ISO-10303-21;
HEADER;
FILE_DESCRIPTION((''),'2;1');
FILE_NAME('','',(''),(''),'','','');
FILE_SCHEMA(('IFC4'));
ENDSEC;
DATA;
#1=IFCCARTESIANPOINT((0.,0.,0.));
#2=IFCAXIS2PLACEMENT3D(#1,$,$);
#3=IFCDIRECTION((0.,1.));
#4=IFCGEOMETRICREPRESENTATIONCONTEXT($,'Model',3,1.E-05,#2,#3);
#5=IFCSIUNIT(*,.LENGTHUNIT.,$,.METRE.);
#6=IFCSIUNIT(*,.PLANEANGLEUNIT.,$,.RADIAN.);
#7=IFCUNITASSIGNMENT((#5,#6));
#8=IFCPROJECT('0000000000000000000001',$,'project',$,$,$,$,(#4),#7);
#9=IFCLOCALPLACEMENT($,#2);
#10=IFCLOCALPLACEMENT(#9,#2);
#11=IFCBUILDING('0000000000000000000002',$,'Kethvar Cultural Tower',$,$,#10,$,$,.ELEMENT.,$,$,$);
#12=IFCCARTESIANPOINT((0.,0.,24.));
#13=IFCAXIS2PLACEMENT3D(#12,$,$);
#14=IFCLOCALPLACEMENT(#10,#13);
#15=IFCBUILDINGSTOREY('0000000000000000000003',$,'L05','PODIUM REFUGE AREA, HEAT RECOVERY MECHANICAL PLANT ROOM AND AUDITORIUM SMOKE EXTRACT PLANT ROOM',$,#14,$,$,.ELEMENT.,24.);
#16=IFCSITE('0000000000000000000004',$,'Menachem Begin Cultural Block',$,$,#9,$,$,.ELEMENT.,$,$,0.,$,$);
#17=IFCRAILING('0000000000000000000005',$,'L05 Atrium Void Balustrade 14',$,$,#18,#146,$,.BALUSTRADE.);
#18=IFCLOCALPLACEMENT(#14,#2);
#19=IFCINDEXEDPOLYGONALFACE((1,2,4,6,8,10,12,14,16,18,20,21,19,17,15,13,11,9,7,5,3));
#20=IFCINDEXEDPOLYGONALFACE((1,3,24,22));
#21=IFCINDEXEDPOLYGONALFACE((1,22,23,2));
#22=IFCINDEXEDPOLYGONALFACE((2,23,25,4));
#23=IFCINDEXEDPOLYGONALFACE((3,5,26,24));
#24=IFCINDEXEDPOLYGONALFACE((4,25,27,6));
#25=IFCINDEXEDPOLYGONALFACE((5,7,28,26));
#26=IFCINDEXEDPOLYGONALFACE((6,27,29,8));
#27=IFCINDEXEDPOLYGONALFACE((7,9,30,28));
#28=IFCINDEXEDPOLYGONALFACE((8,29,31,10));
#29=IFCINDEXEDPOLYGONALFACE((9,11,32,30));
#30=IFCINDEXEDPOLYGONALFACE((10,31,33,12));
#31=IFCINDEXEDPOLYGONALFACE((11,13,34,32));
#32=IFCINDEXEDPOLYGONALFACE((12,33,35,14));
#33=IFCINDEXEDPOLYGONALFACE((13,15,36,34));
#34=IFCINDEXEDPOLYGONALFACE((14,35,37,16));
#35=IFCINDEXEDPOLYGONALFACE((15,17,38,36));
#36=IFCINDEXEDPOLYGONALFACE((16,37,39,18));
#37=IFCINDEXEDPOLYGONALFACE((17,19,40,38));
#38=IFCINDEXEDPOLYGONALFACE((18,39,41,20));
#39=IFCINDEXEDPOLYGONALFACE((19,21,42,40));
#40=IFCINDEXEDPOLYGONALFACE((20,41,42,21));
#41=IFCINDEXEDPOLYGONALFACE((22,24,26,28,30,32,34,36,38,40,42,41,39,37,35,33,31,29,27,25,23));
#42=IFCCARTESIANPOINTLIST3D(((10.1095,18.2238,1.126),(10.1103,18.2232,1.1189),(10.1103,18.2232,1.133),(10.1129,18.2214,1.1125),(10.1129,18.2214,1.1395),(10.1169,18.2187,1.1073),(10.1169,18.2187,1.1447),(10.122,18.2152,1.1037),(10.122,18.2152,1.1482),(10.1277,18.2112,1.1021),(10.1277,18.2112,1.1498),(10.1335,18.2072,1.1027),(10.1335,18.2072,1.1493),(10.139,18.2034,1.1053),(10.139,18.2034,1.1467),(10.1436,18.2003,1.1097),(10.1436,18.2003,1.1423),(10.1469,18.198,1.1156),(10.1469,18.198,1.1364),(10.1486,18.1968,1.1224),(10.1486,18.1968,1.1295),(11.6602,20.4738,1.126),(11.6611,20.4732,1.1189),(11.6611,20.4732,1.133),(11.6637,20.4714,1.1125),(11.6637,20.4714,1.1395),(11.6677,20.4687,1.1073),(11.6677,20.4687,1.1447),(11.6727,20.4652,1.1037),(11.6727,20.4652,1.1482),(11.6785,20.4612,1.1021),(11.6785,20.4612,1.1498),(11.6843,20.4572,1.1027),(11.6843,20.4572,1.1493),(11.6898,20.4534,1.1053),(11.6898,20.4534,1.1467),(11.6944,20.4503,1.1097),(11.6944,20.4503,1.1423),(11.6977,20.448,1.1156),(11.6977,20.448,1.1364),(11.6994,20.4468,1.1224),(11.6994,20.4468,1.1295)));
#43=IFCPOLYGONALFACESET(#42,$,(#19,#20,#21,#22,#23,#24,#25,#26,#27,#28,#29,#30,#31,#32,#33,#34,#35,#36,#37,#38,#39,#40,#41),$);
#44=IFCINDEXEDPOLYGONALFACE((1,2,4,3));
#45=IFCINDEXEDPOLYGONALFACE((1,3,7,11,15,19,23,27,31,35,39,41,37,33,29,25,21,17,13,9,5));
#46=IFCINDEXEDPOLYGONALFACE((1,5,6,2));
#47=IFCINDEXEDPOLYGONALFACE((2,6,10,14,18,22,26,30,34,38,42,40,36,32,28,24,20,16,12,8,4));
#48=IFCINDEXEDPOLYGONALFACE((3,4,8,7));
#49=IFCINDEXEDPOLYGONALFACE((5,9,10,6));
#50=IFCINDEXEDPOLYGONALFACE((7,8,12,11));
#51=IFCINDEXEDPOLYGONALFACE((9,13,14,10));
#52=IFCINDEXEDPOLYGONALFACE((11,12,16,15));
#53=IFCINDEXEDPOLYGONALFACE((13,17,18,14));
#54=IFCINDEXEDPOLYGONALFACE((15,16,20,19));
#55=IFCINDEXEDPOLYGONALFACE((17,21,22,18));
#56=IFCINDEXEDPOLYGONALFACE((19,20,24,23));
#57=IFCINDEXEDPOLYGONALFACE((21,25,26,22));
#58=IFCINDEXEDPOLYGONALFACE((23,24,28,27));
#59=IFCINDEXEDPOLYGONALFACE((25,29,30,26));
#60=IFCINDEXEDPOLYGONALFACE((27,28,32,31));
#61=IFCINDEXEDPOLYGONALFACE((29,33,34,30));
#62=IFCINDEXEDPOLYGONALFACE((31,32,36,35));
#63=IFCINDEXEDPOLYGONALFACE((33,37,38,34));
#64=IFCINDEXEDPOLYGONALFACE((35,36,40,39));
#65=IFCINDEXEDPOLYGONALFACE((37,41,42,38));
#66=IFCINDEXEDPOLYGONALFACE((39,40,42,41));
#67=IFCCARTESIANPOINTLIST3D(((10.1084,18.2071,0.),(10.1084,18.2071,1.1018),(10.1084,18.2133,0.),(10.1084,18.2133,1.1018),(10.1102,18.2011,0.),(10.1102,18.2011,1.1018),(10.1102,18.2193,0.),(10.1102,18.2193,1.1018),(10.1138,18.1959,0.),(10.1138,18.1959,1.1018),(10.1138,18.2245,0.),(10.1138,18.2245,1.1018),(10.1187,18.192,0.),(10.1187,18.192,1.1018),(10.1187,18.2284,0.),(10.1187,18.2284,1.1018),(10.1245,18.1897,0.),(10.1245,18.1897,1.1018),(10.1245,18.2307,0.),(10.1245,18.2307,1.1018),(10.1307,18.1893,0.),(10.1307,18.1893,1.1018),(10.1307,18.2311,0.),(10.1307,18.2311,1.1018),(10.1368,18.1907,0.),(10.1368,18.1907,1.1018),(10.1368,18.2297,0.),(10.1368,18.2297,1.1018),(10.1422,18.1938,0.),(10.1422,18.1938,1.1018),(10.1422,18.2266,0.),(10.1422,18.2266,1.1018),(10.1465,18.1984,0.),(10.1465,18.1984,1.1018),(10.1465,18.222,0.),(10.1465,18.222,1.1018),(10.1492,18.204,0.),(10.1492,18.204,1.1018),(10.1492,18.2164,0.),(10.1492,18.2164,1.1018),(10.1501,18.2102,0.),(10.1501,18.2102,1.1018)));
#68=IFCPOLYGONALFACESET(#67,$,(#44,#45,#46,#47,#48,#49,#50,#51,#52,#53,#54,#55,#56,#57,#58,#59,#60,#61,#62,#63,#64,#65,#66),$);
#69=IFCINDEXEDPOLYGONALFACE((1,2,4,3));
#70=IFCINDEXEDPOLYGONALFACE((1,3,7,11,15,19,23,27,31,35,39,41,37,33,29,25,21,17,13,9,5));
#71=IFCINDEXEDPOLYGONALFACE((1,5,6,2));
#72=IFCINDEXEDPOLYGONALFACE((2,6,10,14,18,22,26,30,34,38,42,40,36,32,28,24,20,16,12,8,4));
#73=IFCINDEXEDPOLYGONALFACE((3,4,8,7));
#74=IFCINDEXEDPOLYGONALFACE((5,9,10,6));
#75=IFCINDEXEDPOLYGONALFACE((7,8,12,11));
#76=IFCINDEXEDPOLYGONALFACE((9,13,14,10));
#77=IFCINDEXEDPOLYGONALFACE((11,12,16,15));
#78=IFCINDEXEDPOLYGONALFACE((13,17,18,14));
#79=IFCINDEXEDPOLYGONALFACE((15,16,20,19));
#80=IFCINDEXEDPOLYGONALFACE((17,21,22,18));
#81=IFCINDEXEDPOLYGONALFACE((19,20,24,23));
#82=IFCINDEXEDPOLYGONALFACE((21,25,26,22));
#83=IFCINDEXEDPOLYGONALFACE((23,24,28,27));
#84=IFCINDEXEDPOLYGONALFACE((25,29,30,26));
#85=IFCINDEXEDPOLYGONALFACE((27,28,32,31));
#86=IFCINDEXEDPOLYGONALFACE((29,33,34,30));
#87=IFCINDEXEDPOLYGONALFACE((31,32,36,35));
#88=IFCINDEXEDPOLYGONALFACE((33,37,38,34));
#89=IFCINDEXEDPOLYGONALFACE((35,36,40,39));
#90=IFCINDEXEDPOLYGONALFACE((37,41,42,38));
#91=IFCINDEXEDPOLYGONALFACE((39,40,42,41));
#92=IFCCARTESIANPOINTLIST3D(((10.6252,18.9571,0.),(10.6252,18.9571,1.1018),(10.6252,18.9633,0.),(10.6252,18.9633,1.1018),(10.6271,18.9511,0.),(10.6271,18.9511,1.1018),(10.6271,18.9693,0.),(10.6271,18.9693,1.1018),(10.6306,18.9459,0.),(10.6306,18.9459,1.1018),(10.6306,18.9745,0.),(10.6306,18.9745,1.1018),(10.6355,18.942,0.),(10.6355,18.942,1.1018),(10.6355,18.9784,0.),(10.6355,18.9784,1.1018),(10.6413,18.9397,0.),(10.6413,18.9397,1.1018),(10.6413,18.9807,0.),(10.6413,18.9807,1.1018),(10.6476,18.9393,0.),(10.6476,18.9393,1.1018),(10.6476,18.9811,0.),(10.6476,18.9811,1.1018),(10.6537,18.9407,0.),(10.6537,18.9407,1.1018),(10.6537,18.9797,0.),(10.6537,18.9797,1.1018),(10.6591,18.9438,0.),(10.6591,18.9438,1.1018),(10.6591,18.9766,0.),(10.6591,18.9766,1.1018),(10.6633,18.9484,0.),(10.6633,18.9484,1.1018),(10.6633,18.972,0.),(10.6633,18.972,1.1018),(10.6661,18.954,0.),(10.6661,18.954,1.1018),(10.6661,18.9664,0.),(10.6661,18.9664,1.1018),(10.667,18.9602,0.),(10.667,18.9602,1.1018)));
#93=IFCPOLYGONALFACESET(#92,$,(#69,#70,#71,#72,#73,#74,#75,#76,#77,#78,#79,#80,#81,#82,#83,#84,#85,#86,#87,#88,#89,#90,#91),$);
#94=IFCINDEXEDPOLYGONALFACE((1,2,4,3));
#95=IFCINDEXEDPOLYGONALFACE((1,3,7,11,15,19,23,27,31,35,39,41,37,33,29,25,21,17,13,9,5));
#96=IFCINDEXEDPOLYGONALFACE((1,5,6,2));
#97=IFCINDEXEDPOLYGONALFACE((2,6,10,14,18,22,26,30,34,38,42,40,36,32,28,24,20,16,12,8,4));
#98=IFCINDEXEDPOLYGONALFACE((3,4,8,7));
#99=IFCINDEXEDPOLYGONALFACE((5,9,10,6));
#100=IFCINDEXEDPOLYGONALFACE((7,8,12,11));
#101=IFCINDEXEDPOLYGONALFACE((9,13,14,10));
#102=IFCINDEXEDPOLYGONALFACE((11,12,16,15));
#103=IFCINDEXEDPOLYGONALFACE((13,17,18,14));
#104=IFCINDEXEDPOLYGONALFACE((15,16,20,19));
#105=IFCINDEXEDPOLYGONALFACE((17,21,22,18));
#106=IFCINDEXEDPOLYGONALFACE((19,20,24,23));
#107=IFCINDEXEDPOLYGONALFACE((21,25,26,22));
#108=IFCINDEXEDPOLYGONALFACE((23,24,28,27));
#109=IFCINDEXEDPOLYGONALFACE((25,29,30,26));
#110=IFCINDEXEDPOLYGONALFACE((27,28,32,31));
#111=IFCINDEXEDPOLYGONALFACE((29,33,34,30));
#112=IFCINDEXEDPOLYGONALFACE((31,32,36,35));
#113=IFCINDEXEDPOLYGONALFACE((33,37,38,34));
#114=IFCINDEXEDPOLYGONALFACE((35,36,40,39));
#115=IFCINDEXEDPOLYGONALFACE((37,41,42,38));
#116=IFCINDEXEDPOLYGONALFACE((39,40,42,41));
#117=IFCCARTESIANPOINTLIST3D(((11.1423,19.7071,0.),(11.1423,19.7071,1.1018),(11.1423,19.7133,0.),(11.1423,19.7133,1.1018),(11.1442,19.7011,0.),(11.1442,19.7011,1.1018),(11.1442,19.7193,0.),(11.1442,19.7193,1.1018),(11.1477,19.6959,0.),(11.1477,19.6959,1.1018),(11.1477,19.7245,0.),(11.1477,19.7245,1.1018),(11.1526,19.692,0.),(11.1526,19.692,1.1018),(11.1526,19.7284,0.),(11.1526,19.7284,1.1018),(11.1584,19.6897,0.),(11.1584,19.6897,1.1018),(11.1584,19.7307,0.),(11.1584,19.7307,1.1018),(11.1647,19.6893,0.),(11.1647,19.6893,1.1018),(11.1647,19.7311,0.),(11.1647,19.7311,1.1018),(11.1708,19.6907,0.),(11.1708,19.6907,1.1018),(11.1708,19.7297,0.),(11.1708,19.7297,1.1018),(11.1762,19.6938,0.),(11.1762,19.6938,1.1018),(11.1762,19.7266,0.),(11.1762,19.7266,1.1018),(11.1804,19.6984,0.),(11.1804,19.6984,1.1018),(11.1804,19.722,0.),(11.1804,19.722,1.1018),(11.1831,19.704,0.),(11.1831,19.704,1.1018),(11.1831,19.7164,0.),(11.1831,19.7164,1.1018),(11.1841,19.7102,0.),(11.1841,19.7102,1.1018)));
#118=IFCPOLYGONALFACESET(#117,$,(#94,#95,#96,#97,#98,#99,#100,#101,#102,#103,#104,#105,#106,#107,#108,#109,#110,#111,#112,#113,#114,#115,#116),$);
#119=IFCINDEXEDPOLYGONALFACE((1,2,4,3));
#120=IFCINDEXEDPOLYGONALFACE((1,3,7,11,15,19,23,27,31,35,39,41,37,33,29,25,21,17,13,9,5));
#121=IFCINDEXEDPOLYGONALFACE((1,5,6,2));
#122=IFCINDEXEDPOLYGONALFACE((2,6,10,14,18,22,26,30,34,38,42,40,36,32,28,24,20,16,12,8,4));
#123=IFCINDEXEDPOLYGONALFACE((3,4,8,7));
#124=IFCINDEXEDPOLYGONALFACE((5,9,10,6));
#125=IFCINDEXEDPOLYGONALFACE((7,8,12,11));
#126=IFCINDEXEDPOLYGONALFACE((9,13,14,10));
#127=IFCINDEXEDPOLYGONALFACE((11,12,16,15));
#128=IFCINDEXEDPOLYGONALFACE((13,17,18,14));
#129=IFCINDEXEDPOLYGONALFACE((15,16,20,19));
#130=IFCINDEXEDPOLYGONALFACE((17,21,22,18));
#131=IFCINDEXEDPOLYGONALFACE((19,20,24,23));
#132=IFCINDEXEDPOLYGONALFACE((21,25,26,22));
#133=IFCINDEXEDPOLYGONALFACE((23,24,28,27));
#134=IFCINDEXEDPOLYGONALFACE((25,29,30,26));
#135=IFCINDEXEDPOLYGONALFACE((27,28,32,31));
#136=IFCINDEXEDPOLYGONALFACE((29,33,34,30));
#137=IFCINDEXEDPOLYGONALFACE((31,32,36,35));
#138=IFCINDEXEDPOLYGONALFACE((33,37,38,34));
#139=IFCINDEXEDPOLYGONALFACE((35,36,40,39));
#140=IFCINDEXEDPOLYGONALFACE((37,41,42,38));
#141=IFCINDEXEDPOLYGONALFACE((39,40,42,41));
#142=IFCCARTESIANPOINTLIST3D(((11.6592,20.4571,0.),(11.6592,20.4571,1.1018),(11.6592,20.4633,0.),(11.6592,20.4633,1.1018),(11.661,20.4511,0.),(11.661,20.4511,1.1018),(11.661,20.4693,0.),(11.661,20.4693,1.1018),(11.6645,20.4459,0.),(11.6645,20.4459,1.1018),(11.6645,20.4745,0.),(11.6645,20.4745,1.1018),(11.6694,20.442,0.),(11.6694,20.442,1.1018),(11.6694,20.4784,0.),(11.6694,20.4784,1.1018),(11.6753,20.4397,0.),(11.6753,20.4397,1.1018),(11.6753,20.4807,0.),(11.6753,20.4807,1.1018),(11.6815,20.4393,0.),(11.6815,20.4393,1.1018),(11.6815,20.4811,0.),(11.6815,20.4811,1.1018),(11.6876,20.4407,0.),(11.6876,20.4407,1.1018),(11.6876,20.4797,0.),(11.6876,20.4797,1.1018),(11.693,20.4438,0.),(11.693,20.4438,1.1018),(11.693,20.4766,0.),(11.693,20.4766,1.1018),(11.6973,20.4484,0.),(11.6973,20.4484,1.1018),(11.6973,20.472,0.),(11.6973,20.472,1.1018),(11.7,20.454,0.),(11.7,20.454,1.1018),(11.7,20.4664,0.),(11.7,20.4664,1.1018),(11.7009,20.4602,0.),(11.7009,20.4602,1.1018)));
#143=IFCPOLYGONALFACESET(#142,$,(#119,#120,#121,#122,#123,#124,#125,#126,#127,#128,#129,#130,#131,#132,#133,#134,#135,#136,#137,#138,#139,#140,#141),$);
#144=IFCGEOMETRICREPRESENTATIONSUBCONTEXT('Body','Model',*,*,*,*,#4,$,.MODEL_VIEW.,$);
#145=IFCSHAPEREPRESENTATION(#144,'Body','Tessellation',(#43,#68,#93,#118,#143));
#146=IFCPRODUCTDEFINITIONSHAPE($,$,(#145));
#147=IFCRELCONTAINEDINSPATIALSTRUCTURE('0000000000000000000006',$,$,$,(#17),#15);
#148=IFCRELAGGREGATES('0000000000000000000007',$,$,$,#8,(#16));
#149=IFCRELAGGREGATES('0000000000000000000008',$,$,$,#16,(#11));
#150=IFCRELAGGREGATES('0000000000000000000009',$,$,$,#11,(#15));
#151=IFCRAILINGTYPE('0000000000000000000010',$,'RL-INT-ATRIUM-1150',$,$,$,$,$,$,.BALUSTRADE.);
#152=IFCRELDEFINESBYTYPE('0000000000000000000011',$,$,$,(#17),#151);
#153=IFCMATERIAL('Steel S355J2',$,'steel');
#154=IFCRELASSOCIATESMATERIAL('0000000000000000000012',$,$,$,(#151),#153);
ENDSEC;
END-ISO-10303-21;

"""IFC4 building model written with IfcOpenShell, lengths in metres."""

from ifc_helpers import new_model, si_unit, direction, frame, origin, origin_2d, place, context, subcontext, project, spatial, circle, extrude, material, type_object, element, save


model = new_model("IFC4")

# Units and contexts
model_context = context("Model", 3, precision=1e-05, world=origin(), true_north=direction((0.0, 1.0)))
body_context = subcontext(model_context, "Body", "Model", "MODEL_VIEW")
ifc_project = project(units=[si_unit("LENGTHUNIT", "METRE"), si_unit("PLANEANGLEUNIT", "RADIAN")], contexts=[model_context])

# Site, building, storey
site_placement = place(None, origin())
site = spatial("IfcSite", under=ifc_project, at=site_placement, Name="Menachem Begin Cultural Block", CompositionType="ELEMENT", RefElevation=0.0)
building_placement = place(site_placement, origin())
building = spatial("IfcBuilding", under=site, at=building_placement, Name="Kethvar Cultural Tower", CompositionType="ELEMENT")
storey_placement = place(building_placement, frame((0.0, 0.0, 24.0)))
storey = spatial("IfcBuildingStorey", under=building, at=storey_placement, Name="L05", Description="PODIUM REFUGE AREA, HEAT RECOVERY MECHANICAL PLANT ROOM AND AUDITORIUM SMOKE EXTRACT PLANT ROOM", CompositionType="ELEMENT", Elevation=24.0)

# Shared definitions
ifc_material_1 = material(Name="Steel S355J2", Category="steel")

# Railing
railing_type = type_object("IfcRailingType", Name="RL-INT-ATRIUM-1150", PredefinedType="BALUSTRADE", material=ifc_material_1)
railing_1_placement = place(storey_placement, frame((10.1292, 18.2102, 0.0)))
element("IfcRailing", 1, at=railing_1_placement, inside=storey, type_object=railing_type, Name="L05 Atrium Void Balustrade 14", PredefinedType="BALUSTRADE", context=body_context, shape_type="SweptSolid", body=[
    extrude(circle(Radius=0.0239, at=origin_2d()), frame((0.0, 0.0, 1.126), z_axis=(0.567499, 0.823374, 0.0), x_axis=(-0.823374, 0.567499, 0.0)), (0.0, 0.0, 1.0), 2.7327),
    extrude(circle(Radius=0.021, at=origin_2d()), origin(), (0.0, 0.0, 1.0), 1.1018),
    extrude(circle(Radius=0.021, at=origin_2d()), frame((0.5168, 0.75, 0.0)), (0.0, 0.0, 1.0), 1.1018),
    extrude(circle(Radius=0.021, at=origin_2d()), frame((1.0339, 1.5, 0.0)), (0.0, 0.0, 1.0), 1.1018),
    extrude(circle(Radius=0.021, at=origin_2d()), frame((1.5508, 2.25, 0.0)), (0.0, 0.0, 1.0), 1.1018),
])

save(model, "model.ifc")
